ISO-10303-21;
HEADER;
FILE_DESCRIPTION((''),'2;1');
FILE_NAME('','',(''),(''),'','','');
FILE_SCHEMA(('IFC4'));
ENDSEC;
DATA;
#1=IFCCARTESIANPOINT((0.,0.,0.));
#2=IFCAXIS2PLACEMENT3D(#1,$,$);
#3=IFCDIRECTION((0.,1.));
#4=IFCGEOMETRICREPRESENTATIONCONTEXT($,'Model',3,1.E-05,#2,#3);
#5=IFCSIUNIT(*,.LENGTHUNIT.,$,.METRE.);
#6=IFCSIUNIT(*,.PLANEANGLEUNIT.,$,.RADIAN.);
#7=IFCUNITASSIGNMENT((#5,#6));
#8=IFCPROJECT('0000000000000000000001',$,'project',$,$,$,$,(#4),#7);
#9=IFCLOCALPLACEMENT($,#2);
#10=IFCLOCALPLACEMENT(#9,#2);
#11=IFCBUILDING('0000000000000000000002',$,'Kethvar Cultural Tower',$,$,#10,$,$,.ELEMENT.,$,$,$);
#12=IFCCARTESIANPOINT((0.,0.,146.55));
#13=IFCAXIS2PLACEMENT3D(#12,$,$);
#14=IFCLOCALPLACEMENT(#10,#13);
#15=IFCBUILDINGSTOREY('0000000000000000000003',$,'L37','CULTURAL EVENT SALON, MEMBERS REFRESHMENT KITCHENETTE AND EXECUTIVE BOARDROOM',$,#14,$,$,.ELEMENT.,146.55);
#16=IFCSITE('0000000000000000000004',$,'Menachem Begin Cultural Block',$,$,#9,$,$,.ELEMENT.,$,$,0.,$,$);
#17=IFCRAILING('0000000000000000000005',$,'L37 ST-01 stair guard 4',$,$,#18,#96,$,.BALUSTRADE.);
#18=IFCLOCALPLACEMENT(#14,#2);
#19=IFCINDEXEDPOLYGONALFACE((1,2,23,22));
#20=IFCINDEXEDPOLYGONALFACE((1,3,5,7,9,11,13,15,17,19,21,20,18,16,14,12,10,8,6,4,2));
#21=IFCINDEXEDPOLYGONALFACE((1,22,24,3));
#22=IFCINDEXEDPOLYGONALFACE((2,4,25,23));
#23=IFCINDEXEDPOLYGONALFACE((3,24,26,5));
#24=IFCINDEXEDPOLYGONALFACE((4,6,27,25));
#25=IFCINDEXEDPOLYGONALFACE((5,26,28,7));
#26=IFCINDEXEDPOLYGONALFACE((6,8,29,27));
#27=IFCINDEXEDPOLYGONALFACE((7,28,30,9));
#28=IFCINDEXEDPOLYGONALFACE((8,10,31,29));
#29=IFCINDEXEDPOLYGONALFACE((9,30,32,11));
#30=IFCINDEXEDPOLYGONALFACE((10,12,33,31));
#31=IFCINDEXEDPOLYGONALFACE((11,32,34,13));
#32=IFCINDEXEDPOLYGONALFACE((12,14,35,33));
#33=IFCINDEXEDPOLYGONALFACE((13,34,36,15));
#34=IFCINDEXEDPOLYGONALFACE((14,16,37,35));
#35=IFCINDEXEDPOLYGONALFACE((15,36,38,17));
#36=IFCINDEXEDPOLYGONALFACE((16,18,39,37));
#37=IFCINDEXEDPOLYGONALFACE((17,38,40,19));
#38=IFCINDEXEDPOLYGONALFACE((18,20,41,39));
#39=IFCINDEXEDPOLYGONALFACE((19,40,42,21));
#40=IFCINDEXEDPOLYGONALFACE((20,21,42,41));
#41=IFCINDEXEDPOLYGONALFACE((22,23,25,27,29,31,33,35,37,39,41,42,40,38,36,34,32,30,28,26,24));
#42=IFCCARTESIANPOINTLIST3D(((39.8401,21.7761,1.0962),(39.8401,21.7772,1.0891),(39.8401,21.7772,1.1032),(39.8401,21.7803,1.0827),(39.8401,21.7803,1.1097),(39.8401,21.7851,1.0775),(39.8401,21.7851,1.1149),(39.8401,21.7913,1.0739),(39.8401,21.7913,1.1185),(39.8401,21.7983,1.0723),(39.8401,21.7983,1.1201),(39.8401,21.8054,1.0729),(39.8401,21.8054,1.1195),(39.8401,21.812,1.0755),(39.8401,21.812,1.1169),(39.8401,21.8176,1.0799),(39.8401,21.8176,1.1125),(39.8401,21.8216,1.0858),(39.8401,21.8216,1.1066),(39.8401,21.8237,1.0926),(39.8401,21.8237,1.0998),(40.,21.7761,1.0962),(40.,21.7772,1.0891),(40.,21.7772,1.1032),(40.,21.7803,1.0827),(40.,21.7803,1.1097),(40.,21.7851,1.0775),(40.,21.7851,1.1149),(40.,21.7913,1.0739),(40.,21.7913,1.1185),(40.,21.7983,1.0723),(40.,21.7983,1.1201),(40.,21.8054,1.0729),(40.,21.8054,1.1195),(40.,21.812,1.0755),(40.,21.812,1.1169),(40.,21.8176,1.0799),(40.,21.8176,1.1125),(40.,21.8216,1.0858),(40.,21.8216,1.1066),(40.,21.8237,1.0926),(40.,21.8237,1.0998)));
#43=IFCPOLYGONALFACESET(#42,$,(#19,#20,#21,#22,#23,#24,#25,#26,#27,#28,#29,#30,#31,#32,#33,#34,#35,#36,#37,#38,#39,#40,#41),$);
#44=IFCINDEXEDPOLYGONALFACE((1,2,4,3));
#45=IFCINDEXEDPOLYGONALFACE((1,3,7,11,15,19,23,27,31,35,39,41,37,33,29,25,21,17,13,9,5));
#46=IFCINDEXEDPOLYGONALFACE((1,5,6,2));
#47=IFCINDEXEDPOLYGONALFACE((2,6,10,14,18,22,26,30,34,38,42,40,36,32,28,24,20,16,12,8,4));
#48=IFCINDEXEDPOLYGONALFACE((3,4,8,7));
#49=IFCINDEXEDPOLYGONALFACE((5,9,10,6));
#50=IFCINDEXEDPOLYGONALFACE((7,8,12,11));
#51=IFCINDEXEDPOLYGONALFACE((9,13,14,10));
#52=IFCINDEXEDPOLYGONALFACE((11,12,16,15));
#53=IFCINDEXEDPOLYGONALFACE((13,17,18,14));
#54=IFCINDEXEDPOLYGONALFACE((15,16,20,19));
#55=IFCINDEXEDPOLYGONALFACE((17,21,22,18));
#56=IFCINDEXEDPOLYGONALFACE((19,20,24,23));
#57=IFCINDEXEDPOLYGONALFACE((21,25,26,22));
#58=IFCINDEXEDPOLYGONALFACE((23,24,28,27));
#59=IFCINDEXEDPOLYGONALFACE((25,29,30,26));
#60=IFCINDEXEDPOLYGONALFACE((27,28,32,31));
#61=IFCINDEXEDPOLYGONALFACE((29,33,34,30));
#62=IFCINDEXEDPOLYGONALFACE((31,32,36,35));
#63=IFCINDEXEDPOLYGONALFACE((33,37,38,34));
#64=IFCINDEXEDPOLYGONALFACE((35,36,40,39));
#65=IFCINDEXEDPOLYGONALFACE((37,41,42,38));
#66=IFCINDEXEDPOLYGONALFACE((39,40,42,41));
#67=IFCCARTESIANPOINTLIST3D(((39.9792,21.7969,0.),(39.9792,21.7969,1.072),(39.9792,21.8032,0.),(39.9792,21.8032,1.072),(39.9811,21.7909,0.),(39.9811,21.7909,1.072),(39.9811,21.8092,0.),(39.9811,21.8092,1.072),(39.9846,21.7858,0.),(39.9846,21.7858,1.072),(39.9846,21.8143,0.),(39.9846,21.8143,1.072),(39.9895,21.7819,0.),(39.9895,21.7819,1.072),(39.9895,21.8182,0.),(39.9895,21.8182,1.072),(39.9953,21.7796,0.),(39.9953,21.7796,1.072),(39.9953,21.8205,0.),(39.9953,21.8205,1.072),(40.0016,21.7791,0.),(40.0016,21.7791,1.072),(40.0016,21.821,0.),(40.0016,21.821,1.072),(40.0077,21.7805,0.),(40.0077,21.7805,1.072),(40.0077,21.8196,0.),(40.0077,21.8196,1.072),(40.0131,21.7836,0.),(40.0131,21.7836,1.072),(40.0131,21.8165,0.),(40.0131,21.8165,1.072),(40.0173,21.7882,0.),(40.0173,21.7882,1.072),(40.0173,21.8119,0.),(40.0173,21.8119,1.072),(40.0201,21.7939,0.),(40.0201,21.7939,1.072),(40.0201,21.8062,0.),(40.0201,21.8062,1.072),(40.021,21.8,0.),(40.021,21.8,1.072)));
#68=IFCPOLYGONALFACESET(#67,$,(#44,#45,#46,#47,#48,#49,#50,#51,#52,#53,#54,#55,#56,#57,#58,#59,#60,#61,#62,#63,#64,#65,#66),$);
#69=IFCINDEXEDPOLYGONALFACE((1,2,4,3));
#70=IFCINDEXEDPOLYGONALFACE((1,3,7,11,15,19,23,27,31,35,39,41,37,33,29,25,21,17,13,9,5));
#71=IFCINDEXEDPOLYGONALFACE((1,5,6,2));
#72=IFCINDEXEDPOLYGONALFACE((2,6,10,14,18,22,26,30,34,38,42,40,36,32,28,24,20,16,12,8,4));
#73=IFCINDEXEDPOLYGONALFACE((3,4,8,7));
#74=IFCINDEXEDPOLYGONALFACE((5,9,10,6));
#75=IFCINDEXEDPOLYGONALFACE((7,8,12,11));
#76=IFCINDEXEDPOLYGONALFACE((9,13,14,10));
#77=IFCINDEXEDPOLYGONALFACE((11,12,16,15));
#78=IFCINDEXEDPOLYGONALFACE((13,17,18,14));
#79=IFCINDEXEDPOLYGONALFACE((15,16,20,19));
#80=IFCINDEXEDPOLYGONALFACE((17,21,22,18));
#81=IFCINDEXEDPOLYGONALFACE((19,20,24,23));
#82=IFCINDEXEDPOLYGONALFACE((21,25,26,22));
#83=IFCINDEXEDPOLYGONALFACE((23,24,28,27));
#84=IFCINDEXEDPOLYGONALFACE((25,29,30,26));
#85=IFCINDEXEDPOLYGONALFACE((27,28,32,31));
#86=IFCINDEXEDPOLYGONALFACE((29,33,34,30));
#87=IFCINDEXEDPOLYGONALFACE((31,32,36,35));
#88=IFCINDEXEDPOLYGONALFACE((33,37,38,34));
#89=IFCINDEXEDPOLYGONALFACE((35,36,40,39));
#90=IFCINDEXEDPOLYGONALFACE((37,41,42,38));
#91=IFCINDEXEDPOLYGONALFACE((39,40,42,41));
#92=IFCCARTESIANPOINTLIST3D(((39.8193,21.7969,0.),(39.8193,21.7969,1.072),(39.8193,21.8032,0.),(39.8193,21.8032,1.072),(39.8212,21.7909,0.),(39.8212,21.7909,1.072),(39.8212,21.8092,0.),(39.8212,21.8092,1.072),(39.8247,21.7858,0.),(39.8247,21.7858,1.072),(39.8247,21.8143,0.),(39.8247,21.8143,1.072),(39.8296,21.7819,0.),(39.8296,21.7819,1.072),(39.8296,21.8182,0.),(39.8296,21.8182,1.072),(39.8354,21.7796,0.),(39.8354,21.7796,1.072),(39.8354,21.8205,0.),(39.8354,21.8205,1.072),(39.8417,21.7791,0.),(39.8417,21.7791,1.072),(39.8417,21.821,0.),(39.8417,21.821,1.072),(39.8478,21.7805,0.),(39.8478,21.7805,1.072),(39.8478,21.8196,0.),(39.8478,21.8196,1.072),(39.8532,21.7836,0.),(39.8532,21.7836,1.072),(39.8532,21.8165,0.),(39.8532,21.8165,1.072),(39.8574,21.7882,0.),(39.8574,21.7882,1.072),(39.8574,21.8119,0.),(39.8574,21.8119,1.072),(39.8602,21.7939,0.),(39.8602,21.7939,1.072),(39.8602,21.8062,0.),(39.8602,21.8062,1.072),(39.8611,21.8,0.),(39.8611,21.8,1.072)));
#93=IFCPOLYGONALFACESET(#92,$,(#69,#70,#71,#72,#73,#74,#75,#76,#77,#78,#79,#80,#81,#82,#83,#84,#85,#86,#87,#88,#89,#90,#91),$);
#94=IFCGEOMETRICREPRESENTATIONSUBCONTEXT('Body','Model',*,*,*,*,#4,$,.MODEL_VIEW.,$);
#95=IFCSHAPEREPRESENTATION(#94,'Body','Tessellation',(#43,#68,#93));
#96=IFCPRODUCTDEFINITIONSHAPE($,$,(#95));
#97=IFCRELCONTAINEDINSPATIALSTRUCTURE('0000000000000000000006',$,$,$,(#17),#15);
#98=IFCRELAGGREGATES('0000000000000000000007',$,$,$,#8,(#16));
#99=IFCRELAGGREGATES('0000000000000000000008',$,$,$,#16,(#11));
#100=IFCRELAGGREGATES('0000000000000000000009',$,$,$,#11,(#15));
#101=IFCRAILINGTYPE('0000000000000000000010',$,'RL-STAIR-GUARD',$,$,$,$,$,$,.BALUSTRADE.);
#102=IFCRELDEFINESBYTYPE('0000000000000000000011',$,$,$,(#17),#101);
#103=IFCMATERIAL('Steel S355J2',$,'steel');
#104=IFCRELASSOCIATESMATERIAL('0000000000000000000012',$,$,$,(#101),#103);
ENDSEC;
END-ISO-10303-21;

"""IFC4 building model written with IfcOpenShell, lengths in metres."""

from ifc_helpers import new_model, si_unit, direction, frame, origin, origin_2d, place, context, subcontext, project, spatial, circle, extrude, material, type_object, element, save


model = new_model("IFC4")

# Units and contexts
model_context = context("Model", 3, precision=1e-05, world=origin(), true_north=direction((0.0, 1.0)))
body_context = subcontext(model_context, "Body", "Model", "MODEL_VIEW")
ifc_project = project(units=[si_unit("LENGTHUNIT", "METRE"), si_unit("PLANEANGLEUNIT", "RADIAN")], contexts=[model_context])

# Site, building, storey
site_placement = place(None, origin())
site = spatial("IfcSite", under=ifc_project, at=site_placement, Name="Menachem Begin Cultural Block", CompositionType="ELEMENT", RefElevation=0.0)
building_placement = place(site_placement, origin())
building = spatial("IfcBuilding", under=site, at=building_placement, Name="Kethvar Cultural Tower", CompositionType="ELEMENT")
storey_placement = place(building_placement, frame((0.0, 0.0, 146.55)))
storey = spatial("IfcBuildingStorey", under=building, at=storey_placement, Name="L37", Description="CULTURAL EVENT SALON, MEMBERS REFRESHMENT KITCHENETTE AND EXECUTIVE BOARDROOM", CompositionType="ELEMENT", Elevation=146.55)

# Shared definitions
ifc_material_1 = material(Name="Steel S355J2", Category="steel")

# Railing
railing_type_1 = type_object("IfcRailingType", Name="RL-STAIR-GUARD", PredefinedType="BALUSTRADE", material=ifc_material_1)
railing_1_placement = place(storey_placement, frame((40.0, 21.8, 0.0)))
element("IfcRailing", 1, at=railing_1_placement, inside=storey, type_object=railing_type_1, Name="L37 ST-01 stair guard 4", PredefinedType="BALUSTRADE", context=body_context, shape_type="SweptSolid", body=[
    extrude(circle(Radius=0.0239, at=origin_2d()), frame((0.0, 0.0, 1.0962), z_axis=(-1.0, 0.0, 0.0), x_axis=(0.0, -1.0, 0.0)), (0.0, 0.0, 1.0), 0.1599),
    extrude(circle(Radius=0.021, at=origin_2d()), origin(), (0.0, 0.0, 1.0), 1.072),
    extrude(circle(Radius=0.021, at=origin_2d()), frame((-0.1599, 0.0, 0.0)), (0.0, 0.0, 1.0), 1.072),
])

save(model, "model.ifc")
